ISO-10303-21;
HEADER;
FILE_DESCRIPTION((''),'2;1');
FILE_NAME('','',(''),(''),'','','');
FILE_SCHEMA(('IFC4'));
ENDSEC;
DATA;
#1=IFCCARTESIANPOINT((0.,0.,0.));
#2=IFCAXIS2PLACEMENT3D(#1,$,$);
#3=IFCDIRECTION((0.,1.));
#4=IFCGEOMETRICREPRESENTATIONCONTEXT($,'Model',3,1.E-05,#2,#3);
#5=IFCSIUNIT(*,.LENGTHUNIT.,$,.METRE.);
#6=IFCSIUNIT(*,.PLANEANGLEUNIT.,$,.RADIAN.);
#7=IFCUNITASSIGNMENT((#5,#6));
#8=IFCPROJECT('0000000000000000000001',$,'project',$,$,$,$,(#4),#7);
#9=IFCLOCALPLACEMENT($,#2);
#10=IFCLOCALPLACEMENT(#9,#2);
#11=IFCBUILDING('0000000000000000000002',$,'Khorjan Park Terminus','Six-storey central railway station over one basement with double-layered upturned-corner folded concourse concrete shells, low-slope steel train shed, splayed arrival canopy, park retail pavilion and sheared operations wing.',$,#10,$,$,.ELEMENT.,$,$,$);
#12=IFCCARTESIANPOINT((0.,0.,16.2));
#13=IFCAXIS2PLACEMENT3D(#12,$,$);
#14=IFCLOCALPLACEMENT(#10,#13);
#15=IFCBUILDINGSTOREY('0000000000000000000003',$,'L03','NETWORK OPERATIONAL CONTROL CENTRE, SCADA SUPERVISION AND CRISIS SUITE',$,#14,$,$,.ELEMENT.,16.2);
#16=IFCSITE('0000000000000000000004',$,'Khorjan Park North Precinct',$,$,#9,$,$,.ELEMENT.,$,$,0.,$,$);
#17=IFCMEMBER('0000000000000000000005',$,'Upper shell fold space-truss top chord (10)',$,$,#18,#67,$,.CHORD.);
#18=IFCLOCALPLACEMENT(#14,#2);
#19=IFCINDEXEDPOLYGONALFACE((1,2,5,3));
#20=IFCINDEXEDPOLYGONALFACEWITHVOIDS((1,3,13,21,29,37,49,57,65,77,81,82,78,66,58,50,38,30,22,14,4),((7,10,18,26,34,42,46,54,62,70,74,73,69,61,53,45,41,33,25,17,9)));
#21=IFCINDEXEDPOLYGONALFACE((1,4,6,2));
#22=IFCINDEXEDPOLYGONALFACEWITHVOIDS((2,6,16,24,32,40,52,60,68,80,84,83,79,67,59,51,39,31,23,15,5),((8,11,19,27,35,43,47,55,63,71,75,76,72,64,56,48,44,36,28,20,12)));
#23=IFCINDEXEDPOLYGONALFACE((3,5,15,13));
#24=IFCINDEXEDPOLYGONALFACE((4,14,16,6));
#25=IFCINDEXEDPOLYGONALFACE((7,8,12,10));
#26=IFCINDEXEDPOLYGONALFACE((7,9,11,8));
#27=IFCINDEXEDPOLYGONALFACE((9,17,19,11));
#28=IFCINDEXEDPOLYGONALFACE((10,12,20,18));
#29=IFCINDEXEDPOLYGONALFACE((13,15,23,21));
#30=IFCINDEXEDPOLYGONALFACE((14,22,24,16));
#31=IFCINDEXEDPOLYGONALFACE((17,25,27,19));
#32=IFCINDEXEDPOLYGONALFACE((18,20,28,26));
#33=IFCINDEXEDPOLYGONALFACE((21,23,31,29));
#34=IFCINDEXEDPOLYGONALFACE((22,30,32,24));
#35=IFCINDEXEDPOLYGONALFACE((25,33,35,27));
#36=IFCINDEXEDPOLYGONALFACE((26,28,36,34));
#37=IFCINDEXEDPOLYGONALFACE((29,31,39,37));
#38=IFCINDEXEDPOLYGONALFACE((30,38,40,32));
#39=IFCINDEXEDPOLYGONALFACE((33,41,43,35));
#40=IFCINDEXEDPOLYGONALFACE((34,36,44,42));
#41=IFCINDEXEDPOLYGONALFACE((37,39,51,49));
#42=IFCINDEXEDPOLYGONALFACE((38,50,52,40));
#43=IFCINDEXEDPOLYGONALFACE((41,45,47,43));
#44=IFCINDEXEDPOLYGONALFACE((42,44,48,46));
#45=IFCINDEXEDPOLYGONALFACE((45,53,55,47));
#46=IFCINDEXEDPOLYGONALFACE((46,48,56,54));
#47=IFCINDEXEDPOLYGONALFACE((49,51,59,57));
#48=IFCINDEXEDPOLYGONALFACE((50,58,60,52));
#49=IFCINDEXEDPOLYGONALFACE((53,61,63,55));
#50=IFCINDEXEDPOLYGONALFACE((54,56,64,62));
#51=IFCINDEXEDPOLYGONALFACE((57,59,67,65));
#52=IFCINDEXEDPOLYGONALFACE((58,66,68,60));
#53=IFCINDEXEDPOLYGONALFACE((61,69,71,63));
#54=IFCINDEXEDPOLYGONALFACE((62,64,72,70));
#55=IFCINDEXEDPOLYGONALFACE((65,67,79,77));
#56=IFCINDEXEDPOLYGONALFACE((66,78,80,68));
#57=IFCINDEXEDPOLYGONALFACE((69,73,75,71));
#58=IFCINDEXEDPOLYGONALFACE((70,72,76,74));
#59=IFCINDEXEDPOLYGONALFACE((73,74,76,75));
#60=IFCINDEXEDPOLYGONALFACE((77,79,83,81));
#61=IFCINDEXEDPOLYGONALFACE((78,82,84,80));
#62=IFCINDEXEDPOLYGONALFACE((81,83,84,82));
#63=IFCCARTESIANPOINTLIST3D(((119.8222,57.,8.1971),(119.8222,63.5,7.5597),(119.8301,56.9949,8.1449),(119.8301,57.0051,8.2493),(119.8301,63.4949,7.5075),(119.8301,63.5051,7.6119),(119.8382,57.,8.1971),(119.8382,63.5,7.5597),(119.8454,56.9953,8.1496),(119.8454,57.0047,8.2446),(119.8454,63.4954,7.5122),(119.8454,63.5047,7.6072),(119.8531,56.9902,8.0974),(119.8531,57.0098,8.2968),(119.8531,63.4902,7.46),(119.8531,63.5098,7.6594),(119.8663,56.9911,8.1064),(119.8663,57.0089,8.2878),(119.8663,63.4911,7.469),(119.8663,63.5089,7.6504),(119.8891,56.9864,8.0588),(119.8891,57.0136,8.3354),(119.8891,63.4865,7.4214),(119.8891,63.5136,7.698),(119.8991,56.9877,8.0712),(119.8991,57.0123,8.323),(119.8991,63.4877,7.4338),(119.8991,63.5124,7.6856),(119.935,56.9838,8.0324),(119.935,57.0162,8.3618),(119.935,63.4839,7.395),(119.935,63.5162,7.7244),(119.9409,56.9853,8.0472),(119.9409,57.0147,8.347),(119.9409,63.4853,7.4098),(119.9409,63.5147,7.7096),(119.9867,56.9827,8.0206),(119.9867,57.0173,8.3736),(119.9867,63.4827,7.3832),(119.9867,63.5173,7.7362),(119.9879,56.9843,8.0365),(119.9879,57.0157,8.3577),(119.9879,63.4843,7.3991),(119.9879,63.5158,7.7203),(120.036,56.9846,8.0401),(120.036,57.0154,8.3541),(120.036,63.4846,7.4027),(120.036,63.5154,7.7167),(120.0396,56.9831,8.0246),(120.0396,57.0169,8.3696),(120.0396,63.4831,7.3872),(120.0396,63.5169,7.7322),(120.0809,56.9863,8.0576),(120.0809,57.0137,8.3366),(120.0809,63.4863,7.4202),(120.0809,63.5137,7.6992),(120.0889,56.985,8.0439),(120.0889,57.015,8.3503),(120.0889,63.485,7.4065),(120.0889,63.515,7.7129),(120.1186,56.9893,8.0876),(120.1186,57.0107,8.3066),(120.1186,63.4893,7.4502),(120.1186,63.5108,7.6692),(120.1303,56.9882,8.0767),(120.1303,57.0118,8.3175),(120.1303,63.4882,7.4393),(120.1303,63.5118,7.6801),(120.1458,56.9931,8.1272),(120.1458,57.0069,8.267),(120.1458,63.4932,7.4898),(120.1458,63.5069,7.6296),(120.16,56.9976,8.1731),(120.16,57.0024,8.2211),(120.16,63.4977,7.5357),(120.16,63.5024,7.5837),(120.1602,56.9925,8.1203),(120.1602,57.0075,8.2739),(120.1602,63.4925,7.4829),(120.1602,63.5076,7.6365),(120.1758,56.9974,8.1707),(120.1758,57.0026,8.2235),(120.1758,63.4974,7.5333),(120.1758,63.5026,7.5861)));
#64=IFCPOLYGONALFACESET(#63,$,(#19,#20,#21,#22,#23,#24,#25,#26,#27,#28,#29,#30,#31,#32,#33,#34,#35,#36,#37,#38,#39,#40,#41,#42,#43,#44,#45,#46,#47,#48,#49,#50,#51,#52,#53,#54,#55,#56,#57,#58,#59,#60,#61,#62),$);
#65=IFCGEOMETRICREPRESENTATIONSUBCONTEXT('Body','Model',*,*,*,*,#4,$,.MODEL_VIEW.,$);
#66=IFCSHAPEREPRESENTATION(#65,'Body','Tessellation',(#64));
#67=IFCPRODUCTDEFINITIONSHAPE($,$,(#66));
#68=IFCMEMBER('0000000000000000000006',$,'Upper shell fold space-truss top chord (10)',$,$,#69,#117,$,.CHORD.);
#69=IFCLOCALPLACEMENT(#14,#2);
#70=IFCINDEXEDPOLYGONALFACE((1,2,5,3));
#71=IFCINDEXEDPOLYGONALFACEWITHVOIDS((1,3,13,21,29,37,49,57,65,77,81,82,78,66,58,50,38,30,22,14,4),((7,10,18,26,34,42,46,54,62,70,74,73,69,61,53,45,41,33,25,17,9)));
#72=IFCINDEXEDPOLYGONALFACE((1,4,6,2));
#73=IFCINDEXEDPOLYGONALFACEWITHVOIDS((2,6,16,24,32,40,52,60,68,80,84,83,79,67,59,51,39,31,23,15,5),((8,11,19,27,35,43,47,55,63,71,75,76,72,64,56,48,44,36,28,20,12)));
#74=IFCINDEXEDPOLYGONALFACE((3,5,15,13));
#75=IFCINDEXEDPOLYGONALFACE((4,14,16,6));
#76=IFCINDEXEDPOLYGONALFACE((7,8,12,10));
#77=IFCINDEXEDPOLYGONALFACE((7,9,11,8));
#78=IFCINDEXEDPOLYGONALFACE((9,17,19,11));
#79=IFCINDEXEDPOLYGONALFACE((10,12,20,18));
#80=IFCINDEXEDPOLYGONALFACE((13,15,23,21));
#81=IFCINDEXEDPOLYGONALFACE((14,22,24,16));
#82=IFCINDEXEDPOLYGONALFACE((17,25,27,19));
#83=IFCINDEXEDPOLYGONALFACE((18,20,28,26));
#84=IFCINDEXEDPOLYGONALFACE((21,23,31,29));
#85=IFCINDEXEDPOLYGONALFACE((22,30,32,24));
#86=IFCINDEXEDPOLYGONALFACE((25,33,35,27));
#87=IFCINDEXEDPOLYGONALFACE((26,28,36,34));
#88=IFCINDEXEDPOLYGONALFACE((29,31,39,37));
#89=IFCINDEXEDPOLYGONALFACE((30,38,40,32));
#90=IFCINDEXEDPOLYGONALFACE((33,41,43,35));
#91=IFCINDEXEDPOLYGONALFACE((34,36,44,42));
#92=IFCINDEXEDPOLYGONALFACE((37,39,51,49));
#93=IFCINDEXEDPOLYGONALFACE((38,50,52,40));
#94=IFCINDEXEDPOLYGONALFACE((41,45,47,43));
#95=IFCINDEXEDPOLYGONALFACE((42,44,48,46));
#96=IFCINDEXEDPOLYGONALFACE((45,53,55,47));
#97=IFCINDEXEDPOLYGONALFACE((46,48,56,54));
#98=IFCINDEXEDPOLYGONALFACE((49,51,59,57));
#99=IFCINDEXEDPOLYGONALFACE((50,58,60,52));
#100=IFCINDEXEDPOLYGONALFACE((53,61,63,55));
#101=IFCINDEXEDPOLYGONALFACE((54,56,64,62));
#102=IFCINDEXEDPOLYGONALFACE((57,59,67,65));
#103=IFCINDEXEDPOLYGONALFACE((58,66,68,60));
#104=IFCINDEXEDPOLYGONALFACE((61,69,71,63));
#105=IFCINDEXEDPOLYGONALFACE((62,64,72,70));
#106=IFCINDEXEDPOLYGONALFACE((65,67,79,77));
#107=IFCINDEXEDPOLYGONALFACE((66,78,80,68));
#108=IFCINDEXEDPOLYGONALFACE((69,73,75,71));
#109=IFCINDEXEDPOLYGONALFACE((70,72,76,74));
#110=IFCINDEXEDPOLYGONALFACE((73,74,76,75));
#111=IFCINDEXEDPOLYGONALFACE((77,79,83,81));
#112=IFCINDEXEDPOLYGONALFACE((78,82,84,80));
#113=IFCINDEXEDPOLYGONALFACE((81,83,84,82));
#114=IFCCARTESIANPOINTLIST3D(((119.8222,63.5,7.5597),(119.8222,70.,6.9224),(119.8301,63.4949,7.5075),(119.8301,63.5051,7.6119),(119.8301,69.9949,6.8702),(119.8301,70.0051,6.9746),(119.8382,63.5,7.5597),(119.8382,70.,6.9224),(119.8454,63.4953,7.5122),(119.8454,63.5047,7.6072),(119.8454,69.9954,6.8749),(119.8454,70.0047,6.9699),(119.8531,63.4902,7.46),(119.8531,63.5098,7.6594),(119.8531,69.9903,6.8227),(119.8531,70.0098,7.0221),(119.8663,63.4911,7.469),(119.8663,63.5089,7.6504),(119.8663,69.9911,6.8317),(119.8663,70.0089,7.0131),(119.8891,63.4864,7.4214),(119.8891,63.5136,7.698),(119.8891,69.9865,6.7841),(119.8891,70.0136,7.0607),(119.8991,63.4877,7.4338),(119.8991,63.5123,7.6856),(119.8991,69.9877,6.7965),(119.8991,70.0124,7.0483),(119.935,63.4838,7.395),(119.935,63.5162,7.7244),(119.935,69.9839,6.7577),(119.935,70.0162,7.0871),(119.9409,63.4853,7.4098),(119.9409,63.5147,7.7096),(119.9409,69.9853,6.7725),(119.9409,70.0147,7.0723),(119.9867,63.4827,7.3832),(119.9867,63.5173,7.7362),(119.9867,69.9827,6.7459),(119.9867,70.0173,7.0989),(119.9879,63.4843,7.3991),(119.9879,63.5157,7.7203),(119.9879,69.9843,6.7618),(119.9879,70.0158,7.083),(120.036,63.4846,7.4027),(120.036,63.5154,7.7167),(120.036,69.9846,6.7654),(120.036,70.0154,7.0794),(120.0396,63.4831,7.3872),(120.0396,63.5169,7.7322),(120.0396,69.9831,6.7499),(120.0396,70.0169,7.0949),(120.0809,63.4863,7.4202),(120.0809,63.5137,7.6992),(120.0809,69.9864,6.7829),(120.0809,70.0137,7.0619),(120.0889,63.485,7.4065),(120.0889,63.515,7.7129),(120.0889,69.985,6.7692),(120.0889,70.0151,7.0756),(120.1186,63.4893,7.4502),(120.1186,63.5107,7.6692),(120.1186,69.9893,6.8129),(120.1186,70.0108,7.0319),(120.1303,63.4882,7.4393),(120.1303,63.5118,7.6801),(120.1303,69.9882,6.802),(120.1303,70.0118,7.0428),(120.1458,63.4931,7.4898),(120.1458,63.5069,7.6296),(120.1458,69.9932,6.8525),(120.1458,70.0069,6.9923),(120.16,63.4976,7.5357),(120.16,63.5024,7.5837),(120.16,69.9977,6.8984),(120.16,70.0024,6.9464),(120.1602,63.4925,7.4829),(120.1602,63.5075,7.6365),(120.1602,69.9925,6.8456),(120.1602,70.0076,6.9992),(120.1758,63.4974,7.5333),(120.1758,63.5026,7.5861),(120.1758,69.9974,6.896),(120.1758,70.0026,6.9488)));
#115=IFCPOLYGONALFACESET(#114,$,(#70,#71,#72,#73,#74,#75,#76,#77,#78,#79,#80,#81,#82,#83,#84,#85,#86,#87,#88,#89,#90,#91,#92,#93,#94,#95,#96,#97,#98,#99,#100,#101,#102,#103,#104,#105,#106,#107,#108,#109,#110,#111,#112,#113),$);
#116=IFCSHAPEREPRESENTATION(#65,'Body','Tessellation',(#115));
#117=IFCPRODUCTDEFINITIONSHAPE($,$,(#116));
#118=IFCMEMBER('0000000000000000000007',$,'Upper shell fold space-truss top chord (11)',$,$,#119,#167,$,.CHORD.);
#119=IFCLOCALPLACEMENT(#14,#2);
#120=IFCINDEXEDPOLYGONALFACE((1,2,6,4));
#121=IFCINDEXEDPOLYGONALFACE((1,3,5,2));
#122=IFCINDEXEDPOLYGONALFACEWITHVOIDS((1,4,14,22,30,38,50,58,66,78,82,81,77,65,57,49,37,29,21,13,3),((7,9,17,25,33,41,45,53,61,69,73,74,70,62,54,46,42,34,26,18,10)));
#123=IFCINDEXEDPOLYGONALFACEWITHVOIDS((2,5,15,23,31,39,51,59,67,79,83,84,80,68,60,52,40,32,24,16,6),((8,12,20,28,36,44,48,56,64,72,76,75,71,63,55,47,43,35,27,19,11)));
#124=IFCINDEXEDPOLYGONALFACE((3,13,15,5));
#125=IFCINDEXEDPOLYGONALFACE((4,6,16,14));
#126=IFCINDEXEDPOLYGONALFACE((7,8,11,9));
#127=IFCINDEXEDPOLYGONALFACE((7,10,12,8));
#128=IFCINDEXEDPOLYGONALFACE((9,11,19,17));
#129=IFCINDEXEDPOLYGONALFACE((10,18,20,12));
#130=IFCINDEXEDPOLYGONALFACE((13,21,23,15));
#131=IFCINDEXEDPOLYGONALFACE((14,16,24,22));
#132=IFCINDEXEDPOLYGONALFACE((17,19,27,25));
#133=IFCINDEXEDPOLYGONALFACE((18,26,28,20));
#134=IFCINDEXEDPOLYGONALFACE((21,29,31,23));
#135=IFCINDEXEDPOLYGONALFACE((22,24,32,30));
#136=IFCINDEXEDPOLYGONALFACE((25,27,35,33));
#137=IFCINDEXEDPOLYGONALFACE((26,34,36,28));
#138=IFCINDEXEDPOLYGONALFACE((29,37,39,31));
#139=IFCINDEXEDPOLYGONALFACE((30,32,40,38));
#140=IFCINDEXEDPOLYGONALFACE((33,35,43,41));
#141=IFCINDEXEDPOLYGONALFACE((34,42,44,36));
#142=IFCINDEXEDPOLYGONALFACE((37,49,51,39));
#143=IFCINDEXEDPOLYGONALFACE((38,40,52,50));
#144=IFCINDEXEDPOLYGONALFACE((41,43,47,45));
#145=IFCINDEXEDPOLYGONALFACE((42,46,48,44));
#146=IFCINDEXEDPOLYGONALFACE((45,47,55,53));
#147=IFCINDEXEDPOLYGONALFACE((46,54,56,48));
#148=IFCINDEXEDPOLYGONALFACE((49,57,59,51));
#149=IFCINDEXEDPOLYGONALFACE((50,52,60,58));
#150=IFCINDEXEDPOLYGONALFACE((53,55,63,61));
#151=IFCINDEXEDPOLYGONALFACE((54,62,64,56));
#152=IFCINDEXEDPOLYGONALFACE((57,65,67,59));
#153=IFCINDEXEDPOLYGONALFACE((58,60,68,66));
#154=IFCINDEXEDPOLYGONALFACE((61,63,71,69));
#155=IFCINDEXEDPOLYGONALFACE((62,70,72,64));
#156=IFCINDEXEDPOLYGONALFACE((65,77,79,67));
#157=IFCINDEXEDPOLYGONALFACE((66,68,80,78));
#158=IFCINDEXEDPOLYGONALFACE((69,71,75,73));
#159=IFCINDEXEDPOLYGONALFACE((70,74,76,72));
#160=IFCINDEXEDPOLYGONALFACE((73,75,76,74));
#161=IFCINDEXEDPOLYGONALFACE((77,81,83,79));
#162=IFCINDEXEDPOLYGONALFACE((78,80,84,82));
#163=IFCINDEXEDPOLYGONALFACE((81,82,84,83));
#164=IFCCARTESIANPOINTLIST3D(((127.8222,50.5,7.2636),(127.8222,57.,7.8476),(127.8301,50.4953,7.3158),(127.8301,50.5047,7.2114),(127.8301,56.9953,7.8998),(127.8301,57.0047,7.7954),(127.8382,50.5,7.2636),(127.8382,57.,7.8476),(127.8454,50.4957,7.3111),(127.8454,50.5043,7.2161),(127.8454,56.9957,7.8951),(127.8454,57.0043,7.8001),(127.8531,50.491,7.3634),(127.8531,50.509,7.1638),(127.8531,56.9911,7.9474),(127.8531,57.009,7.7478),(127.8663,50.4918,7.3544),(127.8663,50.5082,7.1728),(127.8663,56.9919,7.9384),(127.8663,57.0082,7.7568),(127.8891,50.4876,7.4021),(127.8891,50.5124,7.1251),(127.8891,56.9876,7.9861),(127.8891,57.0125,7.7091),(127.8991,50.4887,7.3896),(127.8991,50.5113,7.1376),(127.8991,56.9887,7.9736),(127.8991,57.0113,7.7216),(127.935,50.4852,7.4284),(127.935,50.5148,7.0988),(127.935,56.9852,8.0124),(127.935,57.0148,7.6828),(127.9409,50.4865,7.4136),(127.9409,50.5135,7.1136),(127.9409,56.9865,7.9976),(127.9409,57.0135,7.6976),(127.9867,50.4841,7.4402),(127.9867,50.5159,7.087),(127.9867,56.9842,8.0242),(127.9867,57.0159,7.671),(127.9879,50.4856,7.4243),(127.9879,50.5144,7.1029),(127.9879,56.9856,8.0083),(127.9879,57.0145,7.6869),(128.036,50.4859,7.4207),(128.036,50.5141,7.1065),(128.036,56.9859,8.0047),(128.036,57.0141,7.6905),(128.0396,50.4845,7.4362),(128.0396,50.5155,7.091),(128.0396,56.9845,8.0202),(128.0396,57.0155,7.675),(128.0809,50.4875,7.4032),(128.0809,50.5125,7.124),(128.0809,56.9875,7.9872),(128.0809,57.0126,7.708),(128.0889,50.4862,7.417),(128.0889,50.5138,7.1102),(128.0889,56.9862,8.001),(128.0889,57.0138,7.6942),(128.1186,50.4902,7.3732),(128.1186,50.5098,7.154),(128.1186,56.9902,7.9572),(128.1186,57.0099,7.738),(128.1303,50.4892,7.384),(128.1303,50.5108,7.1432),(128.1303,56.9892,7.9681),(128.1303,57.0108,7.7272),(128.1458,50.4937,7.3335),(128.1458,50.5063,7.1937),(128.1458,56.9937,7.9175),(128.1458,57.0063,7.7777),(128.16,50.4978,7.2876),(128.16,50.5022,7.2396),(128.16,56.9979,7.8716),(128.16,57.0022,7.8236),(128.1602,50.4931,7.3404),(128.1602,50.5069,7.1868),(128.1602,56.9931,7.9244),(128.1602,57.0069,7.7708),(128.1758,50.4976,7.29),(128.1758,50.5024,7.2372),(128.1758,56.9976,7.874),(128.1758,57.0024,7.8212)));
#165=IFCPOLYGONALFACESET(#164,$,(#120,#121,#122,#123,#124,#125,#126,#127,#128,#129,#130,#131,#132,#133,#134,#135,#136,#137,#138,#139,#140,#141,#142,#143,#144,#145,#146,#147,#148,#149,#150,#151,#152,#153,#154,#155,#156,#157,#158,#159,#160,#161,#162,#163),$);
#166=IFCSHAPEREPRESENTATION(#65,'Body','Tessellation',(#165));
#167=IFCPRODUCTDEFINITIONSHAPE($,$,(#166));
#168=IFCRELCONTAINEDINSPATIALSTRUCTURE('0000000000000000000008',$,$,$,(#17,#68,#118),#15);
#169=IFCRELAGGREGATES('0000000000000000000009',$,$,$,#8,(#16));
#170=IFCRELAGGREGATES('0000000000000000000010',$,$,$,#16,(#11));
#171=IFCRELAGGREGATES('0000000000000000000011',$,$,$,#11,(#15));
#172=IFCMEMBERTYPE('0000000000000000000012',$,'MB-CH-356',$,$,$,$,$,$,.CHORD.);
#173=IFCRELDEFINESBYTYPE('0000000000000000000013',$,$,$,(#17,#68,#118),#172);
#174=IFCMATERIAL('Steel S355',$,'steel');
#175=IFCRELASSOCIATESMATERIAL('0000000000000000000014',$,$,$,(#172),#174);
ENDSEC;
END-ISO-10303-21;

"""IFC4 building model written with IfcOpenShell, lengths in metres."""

from ifc_helpers import new_model, si_unit, direction, frame, origin, origin_2d, place, context, subcontext, project, spatial, hollow_circle, extrude, material, material_profile, profile_set, type_object, element, save


model = new_model("IFC4")

# Units and contexts
model_context = context("Model", 3, precision=1e-05, world=origin(), true_north=direction((0.0, 1.0)))
body_context = subcontext(model_context, "Body", "Model", "MODEL_VIEW")
ifc_project = project(units=[si_unit("LENGTHUNIT", "METRE"), si_unit("PLANEANGLEUNIT", "RADIAN")], contexts=[model_context])

# Site, building, storey
site_placement = place(None, origin())
site = spatial("IfcSite", under=ifc_project, at=site_placement, Name="Khorjan Park North Precinct", CompositionType="ELEMENT", RefElevation=0.0)
building_placement = place(site_placement, origin())
building = spatial("IfcBuilding", under=site, at=building_placement, Name="Khorjan Park Terminus", Description="Six-storey central railway station over one basement with double-layered upturned-corner folded concourse concrete shells, low-slope steel train shed, splayed arrival canopy, park retail pavilion and sheared operations wing.", CompositionType="ELEMENT")
storey_placement = place(building_placement, frame((0.0, 0.0, 16.2)))
storey = spatial("IfcBuildingStorey", under=building, at=storey_placement, Name="L03", Description="NETWORK OPERATIONAL CONTROL CENTRE, SCADA SUPERVISION AND CRISIS SUITE", CompositionType="ELEMENT", Elevation=16.2)

# Members
ifc_material = material(Name="Steel S355", Category="steel")
ifc_material_profile_1 = material_profile(ifc_material, hollow_circle(Radius=0.1778, WallThickness=0.016, at=origin_2d()), Name="CHS 355.6x16")
ifc_profile_set_1 = profile_set([ifc_material_profile_1], Name="Steel S355")
member_type_1 = type_object("IfcMemberType", Name="MB-CH-356", PredefinedType="CHORD", material=ifc_profile_set_1)
for number, where, z_axis, x_axis, name in (
    (1, (120.0, 57.0, 8.1971), (0.0, 0.995226, -0.097593), (-1.0, 0.0, 0.0), "Upper shell fold space-truss top chord (10)"),
    (2, (120.0, 63.5, 7.5597), (0.0, 0.995228, -0.097578), (-1.0, 0.0, 0.0), "Upper shell fold space-truss top chord (10)"),
):
    element("IfcMember", number, at=place(storey_placement, frame(where, z_axis=z_axis, x_axis=x_axis)), inside=storey, type_object=member_type_1, Name=name, PredefinedType="CHORD", context=body_context, shape_type="SweptSolid", body=[
        extrude(hollow_circle(Radius=0.1778, WallThickness=0.016, at=origin_2d()), origin(), (0.0, 0.0, 1.0), 6.5312),
    ])
member_1_placement = place(storey_placement, frame((128.0, 50.5, 7.2636), z_axis=(0.0, 0.995988, 0.089486), x_axis=(-1.0, 0.0, 0.0)))
element("IfcMember", 3, at=member_1_placement, inside=storey, type_object=member_type_1, Name="Upper shell fold space-truss top chord (11)", PredefinedType="CHORD", context=body_context, shape_type="SweptSolid", body=[
    extrude(hollow_circle(Radius=0.1778, WallThickness=0.016, at=origin_2d()), origin(), (0.0, 0.0, 1.0), 6.5262),
])

save(model, "model.ifc")
